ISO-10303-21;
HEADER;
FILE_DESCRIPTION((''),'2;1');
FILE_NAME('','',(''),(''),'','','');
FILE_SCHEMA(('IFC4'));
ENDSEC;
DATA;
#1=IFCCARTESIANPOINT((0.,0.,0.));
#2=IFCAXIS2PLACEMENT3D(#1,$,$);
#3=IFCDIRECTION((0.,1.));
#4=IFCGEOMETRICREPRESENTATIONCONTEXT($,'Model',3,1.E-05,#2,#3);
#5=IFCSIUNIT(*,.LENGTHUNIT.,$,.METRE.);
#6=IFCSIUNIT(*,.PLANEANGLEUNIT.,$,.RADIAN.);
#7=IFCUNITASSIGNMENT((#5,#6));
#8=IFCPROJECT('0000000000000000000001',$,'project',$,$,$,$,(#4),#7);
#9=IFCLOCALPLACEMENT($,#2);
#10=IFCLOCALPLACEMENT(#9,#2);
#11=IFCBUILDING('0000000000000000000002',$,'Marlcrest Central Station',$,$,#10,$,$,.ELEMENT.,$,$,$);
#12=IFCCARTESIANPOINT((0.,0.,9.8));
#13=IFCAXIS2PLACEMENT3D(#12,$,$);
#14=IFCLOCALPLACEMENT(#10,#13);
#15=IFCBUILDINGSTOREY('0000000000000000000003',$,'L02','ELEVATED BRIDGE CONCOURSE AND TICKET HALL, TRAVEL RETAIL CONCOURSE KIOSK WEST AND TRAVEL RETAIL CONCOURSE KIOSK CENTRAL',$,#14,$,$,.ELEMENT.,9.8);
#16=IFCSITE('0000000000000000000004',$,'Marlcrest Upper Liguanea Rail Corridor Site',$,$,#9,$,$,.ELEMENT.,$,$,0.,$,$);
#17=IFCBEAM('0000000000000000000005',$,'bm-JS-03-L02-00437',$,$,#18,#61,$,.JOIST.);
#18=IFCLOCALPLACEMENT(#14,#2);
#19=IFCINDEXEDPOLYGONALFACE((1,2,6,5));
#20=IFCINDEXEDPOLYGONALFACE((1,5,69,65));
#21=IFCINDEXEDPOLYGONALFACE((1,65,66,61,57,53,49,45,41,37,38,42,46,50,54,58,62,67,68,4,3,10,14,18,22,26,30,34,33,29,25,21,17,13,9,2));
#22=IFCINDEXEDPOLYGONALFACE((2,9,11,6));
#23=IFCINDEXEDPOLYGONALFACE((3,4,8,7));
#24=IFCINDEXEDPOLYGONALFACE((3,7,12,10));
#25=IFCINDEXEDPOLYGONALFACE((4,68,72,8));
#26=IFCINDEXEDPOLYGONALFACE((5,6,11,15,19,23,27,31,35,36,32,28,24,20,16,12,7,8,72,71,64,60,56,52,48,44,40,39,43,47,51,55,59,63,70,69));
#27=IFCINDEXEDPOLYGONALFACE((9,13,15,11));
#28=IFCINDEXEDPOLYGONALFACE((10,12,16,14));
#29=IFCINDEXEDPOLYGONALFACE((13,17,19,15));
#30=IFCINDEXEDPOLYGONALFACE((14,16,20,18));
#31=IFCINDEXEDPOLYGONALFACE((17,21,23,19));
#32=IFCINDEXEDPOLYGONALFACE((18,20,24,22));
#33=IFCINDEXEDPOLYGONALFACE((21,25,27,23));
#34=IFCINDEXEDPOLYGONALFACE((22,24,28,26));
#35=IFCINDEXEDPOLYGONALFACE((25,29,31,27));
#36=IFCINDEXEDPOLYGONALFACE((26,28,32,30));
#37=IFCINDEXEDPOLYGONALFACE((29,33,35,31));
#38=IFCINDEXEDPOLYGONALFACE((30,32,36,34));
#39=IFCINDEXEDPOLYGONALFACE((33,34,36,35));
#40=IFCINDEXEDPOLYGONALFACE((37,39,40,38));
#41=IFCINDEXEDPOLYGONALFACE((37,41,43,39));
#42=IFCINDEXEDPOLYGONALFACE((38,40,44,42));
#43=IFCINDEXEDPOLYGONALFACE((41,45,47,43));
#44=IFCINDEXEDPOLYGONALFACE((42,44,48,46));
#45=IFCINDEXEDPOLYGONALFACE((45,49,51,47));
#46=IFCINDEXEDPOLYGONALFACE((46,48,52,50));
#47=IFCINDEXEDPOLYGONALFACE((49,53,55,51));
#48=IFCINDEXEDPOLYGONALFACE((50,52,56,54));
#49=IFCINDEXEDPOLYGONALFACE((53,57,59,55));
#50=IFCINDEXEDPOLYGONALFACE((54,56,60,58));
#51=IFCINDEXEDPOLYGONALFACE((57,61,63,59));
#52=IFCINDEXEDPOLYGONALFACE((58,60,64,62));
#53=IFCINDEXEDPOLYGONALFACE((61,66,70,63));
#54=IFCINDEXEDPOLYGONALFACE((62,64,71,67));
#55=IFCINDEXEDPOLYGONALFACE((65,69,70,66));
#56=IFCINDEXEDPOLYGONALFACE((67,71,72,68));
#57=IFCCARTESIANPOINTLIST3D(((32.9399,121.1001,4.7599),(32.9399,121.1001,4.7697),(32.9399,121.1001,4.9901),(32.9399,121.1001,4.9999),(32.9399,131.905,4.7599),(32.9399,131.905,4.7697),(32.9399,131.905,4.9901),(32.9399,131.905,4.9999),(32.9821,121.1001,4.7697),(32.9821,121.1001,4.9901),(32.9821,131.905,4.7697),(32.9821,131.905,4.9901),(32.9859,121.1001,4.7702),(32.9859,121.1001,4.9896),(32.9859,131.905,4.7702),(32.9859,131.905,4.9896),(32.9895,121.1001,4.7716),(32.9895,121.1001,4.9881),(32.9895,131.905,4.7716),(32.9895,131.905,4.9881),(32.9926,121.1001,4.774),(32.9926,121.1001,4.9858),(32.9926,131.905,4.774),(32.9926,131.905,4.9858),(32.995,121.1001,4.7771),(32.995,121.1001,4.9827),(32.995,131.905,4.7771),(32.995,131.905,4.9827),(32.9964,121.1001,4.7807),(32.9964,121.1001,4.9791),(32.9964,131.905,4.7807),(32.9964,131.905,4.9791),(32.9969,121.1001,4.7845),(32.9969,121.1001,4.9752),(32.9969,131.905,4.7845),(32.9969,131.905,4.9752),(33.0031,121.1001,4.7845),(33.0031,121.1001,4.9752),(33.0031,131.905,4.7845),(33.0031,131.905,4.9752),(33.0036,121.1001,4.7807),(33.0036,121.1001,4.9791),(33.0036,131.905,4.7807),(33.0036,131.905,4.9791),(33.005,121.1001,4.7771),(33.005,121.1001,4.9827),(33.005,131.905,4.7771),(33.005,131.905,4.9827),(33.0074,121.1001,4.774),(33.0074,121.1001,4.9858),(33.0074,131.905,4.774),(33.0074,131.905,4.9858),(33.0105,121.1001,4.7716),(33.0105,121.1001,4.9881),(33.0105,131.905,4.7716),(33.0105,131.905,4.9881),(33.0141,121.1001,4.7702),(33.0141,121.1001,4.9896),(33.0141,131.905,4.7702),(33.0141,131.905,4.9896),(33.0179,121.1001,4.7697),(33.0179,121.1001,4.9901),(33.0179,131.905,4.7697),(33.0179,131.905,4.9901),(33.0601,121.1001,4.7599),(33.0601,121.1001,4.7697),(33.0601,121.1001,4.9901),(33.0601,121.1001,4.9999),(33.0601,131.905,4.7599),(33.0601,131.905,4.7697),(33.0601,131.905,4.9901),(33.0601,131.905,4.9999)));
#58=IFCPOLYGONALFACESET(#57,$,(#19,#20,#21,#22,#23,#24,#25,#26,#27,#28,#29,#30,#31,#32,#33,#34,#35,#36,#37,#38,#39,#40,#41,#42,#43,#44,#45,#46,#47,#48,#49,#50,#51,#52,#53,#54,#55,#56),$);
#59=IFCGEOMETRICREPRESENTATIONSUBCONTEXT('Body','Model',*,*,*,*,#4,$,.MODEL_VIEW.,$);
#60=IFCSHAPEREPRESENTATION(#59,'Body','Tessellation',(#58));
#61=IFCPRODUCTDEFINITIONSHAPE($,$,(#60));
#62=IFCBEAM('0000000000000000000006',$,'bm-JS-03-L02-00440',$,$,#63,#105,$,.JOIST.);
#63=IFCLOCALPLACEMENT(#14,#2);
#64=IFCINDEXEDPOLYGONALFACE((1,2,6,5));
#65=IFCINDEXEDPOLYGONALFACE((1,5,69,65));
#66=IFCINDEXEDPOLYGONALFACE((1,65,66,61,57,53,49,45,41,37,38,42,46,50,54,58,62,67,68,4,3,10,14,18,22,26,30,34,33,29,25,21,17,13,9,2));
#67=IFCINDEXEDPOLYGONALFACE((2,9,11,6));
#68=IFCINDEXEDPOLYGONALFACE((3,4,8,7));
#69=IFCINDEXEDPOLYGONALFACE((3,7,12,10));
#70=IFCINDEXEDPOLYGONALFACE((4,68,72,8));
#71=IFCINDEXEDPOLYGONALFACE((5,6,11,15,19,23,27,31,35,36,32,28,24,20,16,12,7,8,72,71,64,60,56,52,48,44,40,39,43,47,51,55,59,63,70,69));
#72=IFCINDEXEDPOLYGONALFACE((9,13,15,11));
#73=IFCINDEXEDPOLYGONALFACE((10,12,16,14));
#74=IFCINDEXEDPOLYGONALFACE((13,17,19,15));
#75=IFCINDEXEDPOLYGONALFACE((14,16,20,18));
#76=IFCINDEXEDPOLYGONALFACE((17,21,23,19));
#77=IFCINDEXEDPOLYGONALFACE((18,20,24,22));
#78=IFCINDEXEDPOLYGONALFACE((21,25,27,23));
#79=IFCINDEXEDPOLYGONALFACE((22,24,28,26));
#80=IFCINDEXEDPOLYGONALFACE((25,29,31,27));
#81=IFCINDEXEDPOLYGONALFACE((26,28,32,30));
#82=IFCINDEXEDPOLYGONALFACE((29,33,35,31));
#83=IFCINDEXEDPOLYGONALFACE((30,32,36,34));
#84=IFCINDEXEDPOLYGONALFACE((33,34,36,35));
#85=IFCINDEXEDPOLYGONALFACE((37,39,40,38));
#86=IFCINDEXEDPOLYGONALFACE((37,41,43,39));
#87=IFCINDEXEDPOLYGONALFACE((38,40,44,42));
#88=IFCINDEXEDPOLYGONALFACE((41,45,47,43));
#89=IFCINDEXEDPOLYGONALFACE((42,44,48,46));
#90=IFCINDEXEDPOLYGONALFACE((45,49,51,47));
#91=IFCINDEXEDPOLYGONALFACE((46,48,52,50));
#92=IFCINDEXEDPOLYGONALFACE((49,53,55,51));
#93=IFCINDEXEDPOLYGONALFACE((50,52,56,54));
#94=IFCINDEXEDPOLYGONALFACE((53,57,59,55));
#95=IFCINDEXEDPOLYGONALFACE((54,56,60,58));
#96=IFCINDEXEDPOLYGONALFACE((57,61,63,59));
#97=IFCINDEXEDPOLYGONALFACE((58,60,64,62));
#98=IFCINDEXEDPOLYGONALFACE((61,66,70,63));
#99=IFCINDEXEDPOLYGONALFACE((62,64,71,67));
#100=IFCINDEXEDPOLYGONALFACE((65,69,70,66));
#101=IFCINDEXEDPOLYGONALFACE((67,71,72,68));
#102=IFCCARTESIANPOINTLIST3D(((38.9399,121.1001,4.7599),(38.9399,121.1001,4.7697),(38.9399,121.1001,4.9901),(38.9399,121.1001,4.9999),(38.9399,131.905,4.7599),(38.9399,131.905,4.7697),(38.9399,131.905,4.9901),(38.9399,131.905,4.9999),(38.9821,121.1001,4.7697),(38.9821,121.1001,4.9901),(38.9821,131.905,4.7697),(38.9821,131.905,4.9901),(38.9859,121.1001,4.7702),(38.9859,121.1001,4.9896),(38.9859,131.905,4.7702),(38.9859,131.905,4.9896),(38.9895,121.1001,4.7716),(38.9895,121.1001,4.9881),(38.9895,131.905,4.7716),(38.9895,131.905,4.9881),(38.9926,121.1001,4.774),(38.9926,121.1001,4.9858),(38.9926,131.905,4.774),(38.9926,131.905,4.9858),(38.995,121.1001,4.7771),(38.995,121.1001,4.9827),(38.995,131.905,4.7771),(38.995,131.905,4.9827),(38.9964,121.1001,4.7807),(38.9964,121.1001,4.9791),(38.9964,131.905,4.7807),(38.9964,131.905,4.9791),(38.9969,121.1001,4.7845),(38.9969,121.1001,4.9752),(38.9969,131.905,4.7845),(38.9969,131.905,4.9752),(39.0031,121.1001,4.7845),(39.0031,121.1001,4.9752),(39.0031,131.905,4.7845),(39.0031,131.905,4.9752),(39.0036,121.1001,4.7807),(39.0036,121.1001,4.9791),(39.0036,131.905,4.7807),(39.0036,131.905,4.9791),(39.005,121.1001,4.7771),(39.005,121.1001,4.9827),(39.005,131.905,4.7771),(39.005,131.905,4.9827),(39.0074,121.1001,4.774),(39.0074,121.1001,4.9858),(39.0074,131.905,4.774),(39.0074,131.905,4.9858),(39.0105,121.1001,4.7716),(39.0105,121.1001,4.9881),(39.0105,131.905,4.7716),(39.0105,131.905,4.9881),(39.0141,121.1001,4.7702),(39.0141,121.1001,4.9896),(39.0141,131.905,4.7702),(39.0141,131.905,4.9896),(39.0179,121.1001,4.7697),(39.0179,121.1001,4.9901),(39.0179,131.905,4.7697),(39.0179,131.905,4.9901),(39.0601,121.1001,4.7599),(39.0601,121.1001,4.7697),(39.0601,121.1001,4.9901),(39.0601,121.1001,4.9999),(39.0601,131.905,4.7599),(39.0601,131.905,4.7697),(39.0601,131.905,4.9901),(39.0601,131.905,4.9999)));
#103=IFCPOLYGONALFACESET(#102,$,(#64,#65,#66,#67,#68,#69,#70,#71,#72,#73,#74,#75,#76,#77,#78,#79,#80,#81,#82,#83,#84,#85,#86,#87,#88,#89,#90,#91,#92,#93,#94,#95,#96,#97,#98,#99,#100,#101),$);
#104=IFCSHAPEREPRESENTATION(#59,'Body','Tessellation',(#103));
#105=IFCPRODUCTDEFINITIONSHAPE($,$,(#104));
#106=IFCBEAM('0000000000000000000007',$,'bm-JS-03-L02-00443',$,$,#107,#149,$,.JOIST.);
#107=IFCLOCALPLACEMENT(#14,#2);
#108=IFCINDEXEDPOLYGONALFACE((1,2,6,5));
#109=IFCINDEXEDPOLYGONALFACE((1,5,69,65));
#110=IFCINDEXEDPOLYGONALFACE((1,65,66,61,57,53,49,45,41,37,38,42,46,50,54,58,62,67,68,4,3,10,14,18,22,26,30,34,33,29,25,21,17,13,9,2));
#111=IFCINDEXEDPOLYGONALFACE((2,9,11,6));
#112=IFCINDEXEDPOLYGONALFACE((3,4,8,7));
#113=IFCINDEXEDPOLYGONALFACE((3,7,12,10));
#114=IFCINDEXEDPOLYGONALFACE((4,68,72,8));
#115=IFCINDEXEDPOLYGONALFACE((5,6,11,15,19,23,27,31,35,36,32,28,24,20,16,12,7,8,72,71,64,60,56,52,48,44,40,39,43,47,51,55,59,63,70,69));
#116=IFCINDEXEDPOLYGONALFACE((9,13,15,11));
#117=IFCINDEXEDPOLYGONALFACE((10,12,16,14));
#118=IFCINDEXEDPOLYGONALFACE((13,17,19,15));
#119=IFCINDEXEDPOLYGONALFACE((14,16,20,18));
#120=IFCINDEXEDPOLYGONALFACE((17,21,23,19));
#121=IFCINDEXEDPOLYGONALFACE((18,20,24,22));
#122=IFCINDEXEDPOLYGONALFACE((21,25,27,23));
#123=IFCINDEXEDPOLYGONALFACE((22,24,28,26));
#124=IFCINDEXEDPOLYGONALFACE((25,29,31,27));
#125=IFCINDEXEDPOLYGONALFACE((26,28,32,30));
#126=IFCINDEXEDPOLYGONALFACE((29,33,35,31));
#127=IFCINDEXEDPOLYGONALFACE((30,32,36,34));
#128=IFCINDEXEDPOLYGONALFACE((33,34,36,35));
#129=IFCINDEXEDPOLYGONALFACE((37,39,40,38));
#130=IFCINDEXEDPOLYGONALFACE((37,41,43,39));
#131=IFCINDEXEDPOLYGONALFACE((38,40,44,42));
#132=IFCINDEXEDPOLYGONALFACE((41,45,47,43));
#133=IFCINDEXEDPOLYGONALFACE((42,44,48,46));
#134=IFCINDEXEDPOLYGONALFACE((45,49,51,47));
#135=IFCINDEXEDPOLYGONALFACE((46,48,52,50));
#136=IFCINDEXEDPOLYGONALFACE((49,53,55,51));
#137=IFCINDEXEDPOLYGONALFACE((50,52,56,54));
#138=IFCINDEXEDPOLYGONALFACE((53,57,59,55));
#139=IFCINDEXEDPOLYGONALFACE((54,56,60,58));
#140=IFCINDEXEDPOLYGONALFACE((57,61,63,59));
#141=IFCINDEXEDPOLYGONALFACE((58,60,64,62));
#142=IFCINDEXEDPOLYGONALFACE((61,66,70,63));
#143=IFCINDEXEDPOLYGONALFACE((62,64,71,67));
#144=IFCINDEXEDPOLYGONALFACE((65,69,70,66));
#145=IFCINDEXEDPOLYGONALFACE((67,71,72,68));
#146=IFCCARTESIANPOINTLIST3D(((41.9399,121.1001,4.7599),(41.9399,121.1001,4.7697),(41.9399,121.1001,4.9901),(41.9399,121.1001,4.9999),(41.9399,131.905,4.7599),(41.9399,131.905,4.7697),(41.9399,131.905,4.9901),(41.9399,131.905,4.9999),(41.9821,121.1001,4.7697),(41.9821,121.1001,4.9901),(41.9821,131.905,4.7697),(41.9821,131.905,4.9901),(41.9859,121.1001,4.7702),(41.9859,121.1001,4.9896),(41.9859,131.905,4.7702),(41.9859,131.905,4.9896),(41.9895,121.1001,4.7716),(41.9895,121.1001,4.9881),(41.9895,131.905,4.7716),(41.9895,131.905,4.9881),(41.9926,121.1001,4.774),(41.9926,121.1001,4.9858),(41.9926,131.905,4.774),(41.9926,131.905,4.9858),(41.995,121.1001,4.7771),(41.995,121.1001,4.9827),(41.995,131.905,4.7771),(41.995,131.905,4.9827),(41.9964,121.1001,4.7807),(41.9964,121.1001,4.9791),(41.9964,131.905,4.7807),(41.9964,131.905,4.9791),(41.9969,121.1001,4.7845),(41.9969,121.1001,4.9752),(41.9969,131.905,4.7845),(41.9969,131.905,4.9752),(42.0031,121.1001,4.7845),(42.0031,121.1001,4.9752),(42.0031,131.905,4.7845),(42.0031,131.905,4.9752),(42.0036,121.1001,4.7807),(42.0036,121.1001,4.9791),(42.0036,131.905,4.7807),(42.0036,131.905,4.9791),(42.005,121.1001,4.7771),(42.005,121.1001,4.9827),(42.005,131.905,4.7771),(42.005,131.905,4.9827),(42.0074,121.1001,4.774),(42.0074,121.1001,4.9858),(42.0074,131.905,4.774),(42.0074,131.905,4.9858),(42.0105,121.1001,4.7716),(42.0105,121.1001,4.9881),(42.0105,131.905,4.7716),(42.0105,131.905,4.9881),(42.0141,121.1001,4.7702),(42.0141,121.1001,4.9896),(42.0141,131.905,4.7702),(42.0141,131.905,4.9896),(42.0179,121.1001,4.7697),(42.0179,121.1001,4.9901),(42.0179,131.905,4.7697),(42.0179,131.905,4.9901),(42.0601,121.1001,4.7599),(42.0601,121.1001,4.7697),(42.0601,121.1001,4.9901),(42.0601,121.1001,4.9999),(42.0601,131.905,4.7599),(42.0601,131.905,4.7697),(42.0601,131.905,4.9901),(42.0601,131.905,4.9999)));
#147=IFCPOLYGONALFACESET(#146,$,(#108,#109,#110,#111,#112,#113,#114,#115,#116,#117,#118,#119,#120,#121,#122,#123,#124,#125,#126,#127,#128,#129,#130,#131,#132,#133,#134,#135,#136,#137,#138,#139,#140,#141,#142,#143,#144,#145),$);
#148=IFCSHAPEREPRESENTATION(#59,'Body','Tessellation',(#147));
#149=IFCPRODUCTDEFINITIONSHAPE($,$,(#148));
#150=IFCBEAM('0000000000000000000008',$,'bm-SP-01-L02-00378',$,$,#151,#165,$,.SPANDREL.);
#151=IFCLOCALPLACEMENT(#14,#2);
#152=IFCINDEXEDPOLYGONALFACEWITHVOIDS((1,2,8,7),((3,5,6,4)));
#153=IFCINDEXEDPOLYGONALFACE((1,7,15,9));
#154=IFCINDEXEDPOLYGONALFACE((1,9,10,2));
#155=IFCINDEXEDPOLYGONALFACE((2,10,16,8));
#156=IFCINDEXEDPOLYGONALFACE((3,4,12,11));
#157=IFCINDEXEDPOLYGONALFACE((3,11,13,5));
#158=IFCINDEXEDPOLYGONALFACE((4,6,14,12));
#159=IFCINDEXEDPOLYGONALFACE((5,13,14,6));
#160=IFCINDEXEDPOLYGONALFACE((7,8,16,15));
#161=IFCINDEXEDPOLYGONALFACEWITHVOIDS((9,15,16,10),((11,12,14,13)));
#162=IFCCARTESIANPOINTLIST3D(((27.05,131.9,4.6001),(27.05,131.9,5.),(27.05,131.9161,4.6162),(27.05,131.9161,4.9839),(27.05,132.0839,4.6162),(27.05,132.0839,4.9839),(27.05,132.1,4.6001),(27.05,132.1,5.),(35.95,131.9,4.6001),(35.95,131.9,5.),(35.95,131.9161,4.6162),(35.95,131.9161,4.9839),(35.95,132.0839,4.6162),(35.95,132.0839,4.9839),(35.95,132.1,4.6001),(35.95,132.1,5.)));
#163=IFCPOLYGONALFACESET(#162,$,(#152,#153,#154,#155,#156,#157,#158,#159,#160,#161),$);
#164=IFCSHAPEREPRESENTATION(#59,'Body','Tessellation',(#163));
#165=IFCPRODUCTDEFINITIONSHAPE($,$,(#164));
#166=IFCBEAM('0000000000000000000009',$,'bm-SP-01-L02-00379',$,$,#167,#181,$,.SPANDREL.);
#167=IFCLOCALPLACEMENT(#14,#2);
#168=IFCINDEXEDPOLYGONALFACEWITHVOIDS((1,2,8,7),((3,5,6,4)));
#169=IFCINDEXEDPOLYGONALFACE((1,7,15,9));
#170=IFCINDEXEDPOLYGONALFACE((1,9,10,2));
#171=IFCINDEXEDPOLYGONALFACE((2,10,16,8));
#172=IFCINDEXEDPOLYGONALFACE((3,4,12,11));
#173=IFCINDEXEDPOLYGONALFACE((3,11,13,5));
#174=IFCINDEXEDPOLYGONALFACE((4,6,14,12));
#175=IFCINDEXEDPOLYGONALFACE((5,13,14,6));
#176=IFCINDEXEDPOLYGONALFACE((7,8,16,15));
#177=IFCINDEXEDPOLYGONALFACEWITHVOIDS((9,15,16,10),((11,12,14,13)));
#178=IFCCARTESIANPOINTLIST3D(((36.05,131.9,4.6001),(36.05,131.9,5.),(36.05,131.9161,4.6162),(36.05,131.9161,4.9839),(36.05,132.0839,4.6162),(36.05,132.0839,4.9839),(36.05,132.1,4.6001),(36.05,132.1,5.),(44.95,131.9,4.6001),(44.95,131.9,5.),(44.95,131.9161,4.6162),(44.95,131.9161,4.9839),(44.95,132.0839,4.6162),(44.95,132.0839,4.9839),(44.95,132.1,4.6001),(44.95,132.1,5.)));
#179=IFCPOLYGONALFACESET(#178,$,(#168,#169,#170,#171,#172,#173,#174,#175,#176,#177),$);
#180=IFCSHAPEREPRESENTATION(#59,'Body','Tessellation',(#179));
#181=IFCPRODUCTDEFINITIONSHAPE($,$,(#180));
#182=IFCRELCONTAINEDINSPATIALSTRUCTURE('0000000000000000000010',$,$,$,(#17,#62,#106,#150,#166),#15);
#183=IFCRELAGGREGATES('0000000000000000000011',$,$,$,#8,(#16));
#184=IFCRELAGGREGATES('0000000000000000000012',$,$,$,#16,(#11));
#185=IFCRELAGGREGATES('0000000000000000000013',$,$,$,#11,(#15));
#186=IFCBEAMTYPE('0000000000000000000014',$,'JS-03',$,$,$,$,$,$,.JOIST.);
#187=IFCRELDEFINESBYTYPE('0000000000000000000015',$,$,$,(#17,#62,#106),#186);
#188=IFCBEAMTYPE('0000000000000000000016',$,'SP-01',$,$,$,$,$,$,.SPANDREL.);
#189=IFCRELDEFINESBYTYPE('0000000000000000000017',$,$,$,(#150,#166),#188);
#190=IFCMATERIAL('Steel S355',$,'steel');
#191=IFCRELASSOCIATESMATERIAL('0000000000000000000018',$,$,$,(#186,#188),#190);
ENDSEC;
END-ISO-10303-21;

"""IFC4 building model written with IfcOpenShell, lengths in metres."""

from ifc_helpers import new_model, si_unit, direction, frame, origin, origin_2d, place, context, subcontext, project, spatial, hollow_rectangle, i_section, extrude, material, material_profile, profile_set, type_object, element, save


model = new_model("IFC4")

# Units and contexts
model_context = context("Model", 3, precision=1e-05, world=origin(), true_north=direction((0.0, 1.0)))
body_context = subcontext(model_context, "Body", "Model", "MODEL_VIEW")
ifc_project = project(units=[si_unit("LENGTHUNIT", "METRE"), si_unit("PLANEANGLEUNIT", "RADIAN")], contexts=[model_context])

# Site, building, storey
site_placement = place(None, origin())
site = spatial("IfcSite", under=ifc_project, at=site_placement, Name="Marlcrest Upper Liguanea Rail Corridor Site", CompositionType="ELEMENT", RefElevation=0.0)
building_placement = place(site_placement, origin())
building = spatial("IfcBuilding", under=site, at=building_placement, Name="Marlcrest Central Station", CompositionType="ELEMENT")
storey_placement = place(building_placement, frame((0.0, 0.0, 9.8)))
storey = spatial("IfcBuildingStorey", under=building, at=storey_placement, Name="L02", Description="ELEVATED BRIDGE CONCOURSE AND TICKET HALL, TRAVEL RETAIL CONCOURSE KIOSK WEST AND TRAVEL RETAIL CONCOURSE KIOSK CENTRAL", CompositionType="ELEMENT", Elevation=9.8)

# Shared definitions
ifc_material_1 = material(Name="Steel S355", Category="steel")

# Beams
ifc_material_profile_1 = material_profile(ifc_material_1, i_section(OverallWidth=0.1201, OverallDepth=0.24, WebThickness=0.0061, FlangeThickness=0.0098, FilletRadius=0.0149, at=origin_2d()), Name="IPE 240")
ifc_profile_set_1 = profile_set([ifc_material_profile_1], Name="Steel S355")
beam_type_1 = type_object("IfcBeamType", Name="JS-03", PredefinedType="JOIST", material=ifc_profile_set_1)
for number, where, z_axis, x_axis, name in (
    (1, (33.0, 121.1001, 4.8799), (0.0, 1.0, 0.0), (-1.0, 0.0, 0.0), "bm-JS-03-L02-00437"),
    (2, (39.0, 121.1001, 4.8799), (0.0, 1.0, 0.0), (-1.0, 0.0, 0.0), "bm-JS-03-L02-00440"),
    (3, (42.0, 121.1001, 4.8799), (0.0, 1.0, 0.0), (-1.0, 0.0, 0.0), "bm-JS-03-L02-00443"),
):
    element("IfcBeam", number, at=place(storey_placement, frame(where, z_axis=z_axis, x_axis=x_axis)), inside=storey, type_object=beam_type_1, Name=name, PredefinedType="JOIST", context=body_context, shape_type="SweptSolid", body=[
        extrude(i_section(OverallWidth=0.1201, OverallDepth=0.24, WebThickness=0.0061, FlangeThickness=0.0098, FilletRadius=0.0149, at=origin_2d()), origin(), (0.0, 0.0, 1.0), 10.8049),
    ])
ifc_material_profile_2 = material_profile(ifc_material_1, hollow_rectangle(XDim=0.2, YDim=0.3999, WallThickness=0.0161, at=origin_2d()), Name="RHS 400x200x16")
ifc_profile_set_2 = profile_set([ifc_material_profile_2], Name="Steel S355")
beam_type_2 = type_object("IfcBeamType", Name="SP-01", PredefinedType="SPANDREL", material=ifc_profile_set_2)
for number, where, z_axis, x_axis, name in (
    (4, (27.05, 132.0, 4.8), (1.0, 0.0, 0.0), (0.0, 1.0, 0.0), "bm-SP-01-L02-00378"),
    (5, (36.05, 132.0, 4.8), (1.0, 0.0, 0.0), (0.0, 1.0, 0.0), "bm-SP-01-L02-00379"),
):
    element("IfcBeam", number, at=place(storey_placement, frame(where, z_axis=z_axis, x_axis=x_axis)), inside=storey, type_object=beam_type_2, Name=name, PredefinedType="SPANDREL", context=body_context, shape_type="SweptSolid", body=[
        extrude(hollow_rectangle(XDim=0.2, YDim=0.3999, WallThickness=0.0161, at=origin_2d()), origin(), (0.0, 0.0, 1.0), 8.8999),
    ])

save(model, "model.ifc")
